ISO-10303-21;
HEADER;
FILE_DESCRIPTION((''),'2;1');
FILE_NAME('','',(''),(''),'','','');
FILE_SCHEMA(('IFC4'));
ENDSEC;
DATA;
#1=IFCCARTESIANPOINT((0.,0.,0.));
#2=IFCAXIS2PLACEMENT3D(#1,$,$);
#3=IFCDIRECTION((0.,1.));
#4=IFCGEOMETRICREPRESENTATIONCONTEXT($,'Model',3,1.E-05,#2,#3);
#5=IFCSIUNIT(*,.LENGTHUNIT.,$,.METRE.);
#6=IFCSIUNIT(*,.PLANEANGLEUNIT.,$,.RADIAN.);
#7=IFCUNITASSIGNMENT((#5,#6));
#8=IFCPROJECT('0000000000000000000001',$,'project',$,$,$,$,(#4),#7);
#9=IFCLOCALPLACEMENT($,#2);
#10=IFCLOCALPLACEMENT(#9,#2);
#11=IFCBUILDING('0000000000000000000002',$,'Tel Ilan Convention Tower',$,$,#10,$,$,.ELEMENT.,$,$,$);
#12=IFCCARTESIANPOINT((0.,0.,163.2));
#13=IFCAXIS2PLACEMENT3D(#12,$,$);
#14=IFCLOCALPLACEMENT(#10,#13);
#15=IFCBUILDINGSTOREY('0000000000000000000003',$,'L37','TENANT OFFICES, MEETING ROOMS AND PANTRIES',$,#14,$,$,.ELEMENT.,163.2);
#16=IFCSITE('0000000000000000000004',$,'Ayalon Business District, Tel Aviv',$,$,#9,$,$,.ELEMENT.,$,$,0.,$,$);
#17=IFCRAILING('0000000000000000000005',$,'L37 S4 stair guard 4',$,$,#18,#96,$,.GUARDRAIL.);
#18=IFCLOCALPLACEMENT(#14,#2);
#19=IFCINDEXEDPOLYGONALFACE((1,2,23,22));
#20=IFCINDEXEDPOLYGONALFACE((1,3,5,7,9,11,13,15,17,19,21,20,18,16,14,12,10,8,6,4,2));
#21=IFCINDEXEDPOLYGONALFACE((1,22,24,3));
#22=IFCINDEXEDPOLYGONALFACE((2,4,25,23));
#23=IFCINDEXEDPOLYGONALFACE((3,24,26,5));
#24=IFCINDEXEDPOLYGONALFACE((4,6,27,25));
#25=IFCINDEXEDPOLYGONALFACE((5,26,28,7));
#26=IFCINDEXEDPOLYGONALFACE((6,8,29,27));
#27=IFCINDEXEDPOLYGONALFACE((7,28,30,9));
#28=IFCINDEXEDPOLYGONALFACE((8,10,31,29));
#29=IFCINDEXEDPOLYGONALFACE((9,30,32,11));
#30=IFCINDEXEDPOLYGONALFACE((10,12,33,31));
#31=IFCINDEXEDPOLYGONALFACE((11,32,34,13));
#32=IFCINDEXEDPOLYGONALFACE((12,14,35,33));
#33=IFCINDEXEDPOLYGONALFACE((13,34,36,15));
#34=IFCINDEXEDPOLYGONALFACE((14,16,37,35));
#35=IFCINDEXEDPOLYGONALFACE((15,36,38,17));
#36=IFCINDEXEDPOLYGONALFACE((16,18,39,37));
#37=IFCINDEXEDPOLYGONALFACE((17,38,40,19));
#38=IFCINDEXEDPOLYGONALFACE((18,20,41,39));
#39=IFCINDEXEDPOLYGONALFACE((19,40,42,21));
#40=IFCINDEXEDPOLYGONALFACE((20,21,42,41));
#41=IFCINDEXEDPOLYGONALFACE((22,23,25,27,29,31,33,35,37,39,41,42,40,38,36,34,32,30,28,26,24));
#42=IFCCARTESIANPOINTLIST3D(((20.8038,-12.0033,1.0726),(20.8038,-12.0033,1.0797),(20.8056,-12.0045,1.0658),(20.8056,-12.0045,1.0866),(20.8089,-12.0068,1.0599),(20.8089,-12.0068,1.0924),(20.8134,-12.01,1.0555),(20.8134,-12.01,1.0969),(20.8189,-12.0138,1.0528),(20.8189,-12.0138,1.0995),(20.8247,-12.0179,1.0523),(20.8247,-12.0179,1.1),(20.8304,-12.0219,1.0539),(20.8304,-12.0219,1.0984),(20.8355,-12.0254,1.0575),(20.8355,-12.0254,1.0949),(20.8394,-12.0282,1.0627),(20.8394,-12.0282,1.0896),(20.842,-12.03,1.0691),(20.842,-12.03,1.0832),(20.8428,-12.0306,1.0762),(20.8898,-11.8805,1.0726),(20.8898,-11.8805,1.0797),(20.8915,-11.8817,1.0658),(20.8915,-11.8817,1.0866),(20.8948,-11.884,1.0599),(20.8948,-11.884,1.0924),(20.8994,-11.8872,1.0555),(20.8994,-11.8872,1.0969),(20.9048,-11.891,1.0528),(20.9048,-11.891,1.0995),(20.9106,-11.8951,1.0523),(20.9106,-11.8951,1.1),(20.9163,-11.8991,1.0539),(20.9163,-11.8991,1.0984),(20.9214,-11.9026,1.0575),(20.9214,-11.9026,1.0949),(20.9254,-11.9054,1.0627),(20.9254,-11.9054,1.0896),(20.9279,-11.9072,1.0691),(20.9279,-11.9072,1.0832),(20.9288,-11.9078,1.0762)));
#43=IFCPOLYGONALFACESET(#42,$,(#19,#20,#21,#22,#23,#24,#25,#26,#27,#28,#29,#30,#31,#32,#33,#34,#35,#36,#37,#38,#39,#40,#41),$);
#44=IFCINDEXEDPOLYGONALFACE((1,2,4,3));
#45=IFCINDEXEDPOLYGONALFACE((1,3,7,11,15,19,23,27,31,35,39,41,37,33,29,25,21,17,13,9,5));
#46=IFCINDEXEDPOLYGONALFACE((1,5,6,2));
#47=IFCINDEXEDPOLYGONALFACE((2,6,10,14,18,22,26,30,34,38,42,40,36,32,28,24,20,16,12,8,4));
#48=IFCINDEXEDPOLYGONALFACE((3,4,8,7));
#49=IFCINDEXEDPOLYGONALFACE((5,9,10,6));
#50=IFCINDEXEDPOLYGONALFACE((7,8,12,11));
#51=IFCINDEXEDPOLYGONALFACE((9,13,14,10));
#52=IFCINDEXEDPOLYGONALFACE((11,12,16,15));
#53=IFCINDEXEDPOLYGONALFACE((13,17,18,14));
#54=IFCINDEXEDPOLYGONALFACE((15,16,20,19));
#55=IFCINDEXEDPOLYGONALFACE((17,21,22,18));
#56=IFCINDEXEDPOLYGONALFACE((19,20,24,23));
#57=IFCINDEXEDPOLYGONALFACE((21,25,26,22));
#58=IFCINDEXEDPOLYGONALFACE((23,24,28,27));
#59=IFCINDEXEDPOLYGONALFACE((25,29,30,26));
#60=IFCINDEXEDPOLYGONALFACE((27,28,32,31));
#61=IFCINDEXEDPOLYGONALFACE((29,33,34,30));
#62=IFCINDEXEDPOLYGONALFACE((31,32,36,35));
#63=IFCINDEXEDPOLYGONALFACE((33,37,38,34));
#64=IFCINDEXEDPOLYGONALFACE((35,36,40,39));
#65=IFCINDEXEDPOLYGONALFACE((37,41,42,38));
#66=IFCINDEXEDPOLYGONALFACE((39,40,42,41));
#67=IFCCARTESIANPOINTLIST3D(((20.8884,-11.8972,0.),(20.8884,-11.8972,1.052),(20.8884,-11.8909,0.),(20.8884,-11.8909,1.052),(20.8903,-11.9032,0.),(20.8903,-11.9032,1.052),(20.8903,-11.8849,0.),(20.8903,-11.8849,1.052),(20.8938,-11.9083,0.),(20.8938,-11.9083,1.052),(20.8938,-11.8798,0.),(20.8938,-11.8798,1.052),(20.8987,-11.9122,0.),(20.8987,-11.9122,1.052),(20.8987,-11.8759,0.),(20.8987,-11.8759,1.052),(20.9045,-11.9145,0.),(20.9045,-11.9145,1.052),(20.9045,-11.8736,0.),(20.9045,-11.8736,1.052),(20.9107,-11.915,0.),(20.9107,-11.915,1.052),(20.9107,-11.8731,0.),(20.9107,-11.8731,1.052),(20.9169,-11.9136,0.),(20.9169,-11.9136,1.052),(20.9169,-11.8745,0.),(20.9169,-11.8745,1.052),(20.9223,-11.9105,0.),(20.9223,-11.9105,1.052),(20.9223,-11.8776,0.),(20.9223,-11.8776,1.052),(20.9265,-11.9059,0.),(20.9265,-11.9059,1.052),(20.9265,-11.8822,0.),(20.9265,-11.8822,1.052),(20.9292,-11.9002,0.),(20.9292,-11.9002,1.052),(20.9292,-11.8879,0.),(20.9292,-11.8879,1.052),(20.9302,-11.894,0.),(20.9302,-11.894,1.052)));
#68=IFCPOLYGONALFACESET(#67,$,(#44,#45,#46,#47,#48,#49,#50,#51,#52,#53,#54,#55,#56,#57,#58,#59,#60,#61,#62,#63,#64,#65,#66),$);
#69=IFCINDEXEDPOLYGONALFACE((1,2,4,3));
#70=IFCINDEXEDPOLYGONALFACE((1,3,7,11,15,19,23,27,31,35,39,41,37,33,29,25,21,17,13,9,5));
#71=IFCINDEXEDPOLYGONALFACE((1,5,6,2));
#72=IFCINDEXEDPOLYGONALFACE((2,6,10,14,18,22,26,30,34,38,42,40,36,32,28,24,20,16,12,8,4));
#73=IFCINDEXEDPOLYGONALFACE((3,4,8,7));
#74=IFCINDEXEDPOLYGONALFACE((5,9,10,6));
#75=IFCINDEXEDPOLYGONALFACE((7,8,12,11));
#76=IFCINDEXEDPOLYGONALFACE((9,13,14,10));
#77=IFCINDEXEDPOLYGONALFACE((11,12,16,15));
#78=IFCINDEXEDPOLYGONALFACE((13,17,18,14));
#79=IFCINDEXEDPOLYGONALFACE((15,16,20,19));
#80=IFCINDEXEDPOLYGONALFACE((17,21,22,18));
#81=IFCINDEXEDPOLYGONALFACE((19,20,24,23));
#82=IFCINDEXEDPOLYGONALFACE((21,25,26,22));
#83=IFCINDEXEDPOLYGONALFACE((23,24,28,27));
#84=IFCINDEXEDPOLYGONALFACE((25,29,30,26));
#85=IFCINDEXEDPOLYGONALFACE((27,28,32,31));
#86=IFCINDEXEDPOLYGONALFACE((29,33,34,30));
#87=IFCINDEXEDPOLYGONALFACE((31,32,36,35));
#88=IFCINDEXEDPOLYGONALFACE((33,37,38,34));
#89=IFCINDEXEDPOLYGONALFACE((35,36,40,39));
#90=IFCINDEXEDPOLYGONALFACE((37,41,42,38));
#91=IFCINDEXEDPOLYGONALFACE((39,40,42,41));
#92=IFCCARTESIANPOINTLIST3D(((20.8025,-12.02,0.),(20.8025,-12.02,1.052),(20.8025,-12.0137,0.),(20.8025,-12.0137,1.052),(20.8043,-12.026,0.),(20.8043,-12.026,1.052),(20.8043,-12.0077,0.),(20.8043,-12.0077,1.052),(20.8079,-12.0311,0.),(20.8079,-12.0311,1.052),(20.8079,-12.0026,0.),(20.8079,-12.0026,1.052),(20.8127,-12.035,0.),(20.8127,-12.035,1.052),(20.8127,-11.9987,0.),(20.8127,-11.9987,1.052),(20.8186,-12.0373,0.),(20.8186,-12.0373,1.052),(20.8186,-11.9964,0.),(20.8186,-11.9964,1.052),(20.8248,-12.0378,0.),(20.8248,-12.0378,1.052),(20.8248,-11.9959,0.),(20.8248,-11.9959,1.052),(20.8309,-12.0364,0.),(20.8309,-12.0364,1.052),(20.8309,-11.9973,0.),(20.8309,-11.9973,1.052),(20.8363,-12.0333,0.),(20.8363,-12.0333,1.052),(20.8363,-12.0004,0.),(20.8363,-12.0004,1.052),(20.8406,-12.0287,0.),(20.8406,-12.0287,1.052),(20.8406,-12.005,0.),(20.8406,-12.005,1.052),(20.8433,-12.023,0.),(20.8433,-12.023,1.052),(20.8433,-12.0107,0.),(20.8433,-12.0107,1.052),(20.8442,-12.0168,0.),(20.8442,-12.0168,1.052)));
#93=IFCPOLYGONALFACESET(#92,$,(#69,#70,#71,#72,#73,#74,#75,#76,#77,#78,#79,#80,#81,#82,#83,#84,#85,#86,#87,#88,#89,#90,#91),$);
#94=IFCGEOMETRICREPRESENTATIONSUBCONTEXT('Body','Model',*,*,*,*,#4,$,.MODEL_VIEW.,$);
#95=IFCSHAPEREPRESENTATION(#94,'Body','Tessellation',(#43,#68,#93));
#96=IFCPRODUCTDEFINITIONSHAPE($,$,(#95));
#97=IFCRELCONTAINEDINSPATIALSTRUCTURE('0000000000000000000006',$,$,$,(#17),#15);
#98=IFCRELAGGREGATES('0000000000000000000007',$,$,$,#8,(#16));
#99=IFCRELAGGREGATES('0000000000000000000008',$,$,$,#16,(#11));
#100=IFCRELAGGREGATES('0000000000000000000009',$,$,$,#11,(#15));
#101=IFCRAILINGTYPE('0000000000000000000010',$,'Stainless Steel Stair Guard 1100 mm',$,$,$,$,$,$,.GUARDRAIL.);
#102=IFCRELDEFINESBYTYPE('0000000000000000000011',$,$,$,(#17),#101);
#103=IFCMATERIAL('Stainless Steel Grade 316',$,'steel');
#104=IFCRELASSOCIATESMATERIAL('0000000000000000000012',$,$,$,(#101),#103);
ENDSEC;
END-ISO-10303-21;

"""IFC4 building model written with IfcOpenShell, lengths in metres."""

from ifc_helpers import new_model, si_unit, direction, frame, origin, origin_2d, place, context, subcontext, project, spatial, circle, extrude, material, type_object, element, save


model = new_model("IFC4")

# Units and contexts
model_context = context("Model", 3, precision=1e-05, world=origin(), true_north=direction((0.0, 1.0)))
body_context = subcontext(model_context, "Body", "Model", "MODEL_VIEW")
ifc_project = project(units=[si_unit("LENGTHUNIT", "METRE"), si_unit("PLANEANGLEUNIT", "RADIAN")], contexts=[model_context])

# Site, building, storey
site_placement = place(None, origin())
site = spatial("IfcSite", under=ifc_project, at=site_placement, Name="Ayalon Business District, Tel Aviv", CompositionType="ELEMENT", RefElevation=0.0)
building_placement = place(site_placement, origin())
building = spatial("IfcBuilding", under=site, at=building_placement, Name="Tel Ilan Convention Tower", CompositionType="ELEMENT")
storey_placement = place(building_placement, frame((0.0, 0.0, 163.2)))
storey = spatial("IfcBuildingStorey", under=building, at=storey_placement, Name="L37", Description="TENANT OFFICES, MEETING ROOMS AND PANTRIES", CompositionType="ELEMENT", Elevation=163.2)

# Railing
ifc_material_1 = material(Name="Stainless Steel Grade 316", Category="steel")
railing_type_1 = type_object("IfcRailingType", Name="Stainless Steel Stair Guard 1100 mm", PredefinedType="GUARDRAIL", material=ifc_material_1)
railing_1_placement = place(storey_placement, frame((20.9092, -11.894, 0.0)))
element("IfcRailing", 1, at=railing_1_placement, inside=storey, type_object=railing_type_1, Name="L37 S4 stair guard 4", PredefinedType="GUARDRAIL", context=body_context, shape_type="SweptSolid", body=[
    extrude(circle(Radius=0.0239, at=origin_2d()), frame((0.0, 0.0, 1.0762), z_axis=(-0.573353, -0.819308, 0.0), x_axis=(0.819308, -0.573353, 0.0)), (0.0, 0.0, 1.0), 0.1499),
    extrude(circle(Radius=0.021, at=origin_2d()), origin(), (0.0, 0.0, 1.0), 1.052),
    extrude(circle(Radius=0.021, at=origin_2d()), frame((-0.0859, -0.1228, 0.0)), (0.0, 0.0, 1.0), 1.052),
])

save(model, "model.ifc")
